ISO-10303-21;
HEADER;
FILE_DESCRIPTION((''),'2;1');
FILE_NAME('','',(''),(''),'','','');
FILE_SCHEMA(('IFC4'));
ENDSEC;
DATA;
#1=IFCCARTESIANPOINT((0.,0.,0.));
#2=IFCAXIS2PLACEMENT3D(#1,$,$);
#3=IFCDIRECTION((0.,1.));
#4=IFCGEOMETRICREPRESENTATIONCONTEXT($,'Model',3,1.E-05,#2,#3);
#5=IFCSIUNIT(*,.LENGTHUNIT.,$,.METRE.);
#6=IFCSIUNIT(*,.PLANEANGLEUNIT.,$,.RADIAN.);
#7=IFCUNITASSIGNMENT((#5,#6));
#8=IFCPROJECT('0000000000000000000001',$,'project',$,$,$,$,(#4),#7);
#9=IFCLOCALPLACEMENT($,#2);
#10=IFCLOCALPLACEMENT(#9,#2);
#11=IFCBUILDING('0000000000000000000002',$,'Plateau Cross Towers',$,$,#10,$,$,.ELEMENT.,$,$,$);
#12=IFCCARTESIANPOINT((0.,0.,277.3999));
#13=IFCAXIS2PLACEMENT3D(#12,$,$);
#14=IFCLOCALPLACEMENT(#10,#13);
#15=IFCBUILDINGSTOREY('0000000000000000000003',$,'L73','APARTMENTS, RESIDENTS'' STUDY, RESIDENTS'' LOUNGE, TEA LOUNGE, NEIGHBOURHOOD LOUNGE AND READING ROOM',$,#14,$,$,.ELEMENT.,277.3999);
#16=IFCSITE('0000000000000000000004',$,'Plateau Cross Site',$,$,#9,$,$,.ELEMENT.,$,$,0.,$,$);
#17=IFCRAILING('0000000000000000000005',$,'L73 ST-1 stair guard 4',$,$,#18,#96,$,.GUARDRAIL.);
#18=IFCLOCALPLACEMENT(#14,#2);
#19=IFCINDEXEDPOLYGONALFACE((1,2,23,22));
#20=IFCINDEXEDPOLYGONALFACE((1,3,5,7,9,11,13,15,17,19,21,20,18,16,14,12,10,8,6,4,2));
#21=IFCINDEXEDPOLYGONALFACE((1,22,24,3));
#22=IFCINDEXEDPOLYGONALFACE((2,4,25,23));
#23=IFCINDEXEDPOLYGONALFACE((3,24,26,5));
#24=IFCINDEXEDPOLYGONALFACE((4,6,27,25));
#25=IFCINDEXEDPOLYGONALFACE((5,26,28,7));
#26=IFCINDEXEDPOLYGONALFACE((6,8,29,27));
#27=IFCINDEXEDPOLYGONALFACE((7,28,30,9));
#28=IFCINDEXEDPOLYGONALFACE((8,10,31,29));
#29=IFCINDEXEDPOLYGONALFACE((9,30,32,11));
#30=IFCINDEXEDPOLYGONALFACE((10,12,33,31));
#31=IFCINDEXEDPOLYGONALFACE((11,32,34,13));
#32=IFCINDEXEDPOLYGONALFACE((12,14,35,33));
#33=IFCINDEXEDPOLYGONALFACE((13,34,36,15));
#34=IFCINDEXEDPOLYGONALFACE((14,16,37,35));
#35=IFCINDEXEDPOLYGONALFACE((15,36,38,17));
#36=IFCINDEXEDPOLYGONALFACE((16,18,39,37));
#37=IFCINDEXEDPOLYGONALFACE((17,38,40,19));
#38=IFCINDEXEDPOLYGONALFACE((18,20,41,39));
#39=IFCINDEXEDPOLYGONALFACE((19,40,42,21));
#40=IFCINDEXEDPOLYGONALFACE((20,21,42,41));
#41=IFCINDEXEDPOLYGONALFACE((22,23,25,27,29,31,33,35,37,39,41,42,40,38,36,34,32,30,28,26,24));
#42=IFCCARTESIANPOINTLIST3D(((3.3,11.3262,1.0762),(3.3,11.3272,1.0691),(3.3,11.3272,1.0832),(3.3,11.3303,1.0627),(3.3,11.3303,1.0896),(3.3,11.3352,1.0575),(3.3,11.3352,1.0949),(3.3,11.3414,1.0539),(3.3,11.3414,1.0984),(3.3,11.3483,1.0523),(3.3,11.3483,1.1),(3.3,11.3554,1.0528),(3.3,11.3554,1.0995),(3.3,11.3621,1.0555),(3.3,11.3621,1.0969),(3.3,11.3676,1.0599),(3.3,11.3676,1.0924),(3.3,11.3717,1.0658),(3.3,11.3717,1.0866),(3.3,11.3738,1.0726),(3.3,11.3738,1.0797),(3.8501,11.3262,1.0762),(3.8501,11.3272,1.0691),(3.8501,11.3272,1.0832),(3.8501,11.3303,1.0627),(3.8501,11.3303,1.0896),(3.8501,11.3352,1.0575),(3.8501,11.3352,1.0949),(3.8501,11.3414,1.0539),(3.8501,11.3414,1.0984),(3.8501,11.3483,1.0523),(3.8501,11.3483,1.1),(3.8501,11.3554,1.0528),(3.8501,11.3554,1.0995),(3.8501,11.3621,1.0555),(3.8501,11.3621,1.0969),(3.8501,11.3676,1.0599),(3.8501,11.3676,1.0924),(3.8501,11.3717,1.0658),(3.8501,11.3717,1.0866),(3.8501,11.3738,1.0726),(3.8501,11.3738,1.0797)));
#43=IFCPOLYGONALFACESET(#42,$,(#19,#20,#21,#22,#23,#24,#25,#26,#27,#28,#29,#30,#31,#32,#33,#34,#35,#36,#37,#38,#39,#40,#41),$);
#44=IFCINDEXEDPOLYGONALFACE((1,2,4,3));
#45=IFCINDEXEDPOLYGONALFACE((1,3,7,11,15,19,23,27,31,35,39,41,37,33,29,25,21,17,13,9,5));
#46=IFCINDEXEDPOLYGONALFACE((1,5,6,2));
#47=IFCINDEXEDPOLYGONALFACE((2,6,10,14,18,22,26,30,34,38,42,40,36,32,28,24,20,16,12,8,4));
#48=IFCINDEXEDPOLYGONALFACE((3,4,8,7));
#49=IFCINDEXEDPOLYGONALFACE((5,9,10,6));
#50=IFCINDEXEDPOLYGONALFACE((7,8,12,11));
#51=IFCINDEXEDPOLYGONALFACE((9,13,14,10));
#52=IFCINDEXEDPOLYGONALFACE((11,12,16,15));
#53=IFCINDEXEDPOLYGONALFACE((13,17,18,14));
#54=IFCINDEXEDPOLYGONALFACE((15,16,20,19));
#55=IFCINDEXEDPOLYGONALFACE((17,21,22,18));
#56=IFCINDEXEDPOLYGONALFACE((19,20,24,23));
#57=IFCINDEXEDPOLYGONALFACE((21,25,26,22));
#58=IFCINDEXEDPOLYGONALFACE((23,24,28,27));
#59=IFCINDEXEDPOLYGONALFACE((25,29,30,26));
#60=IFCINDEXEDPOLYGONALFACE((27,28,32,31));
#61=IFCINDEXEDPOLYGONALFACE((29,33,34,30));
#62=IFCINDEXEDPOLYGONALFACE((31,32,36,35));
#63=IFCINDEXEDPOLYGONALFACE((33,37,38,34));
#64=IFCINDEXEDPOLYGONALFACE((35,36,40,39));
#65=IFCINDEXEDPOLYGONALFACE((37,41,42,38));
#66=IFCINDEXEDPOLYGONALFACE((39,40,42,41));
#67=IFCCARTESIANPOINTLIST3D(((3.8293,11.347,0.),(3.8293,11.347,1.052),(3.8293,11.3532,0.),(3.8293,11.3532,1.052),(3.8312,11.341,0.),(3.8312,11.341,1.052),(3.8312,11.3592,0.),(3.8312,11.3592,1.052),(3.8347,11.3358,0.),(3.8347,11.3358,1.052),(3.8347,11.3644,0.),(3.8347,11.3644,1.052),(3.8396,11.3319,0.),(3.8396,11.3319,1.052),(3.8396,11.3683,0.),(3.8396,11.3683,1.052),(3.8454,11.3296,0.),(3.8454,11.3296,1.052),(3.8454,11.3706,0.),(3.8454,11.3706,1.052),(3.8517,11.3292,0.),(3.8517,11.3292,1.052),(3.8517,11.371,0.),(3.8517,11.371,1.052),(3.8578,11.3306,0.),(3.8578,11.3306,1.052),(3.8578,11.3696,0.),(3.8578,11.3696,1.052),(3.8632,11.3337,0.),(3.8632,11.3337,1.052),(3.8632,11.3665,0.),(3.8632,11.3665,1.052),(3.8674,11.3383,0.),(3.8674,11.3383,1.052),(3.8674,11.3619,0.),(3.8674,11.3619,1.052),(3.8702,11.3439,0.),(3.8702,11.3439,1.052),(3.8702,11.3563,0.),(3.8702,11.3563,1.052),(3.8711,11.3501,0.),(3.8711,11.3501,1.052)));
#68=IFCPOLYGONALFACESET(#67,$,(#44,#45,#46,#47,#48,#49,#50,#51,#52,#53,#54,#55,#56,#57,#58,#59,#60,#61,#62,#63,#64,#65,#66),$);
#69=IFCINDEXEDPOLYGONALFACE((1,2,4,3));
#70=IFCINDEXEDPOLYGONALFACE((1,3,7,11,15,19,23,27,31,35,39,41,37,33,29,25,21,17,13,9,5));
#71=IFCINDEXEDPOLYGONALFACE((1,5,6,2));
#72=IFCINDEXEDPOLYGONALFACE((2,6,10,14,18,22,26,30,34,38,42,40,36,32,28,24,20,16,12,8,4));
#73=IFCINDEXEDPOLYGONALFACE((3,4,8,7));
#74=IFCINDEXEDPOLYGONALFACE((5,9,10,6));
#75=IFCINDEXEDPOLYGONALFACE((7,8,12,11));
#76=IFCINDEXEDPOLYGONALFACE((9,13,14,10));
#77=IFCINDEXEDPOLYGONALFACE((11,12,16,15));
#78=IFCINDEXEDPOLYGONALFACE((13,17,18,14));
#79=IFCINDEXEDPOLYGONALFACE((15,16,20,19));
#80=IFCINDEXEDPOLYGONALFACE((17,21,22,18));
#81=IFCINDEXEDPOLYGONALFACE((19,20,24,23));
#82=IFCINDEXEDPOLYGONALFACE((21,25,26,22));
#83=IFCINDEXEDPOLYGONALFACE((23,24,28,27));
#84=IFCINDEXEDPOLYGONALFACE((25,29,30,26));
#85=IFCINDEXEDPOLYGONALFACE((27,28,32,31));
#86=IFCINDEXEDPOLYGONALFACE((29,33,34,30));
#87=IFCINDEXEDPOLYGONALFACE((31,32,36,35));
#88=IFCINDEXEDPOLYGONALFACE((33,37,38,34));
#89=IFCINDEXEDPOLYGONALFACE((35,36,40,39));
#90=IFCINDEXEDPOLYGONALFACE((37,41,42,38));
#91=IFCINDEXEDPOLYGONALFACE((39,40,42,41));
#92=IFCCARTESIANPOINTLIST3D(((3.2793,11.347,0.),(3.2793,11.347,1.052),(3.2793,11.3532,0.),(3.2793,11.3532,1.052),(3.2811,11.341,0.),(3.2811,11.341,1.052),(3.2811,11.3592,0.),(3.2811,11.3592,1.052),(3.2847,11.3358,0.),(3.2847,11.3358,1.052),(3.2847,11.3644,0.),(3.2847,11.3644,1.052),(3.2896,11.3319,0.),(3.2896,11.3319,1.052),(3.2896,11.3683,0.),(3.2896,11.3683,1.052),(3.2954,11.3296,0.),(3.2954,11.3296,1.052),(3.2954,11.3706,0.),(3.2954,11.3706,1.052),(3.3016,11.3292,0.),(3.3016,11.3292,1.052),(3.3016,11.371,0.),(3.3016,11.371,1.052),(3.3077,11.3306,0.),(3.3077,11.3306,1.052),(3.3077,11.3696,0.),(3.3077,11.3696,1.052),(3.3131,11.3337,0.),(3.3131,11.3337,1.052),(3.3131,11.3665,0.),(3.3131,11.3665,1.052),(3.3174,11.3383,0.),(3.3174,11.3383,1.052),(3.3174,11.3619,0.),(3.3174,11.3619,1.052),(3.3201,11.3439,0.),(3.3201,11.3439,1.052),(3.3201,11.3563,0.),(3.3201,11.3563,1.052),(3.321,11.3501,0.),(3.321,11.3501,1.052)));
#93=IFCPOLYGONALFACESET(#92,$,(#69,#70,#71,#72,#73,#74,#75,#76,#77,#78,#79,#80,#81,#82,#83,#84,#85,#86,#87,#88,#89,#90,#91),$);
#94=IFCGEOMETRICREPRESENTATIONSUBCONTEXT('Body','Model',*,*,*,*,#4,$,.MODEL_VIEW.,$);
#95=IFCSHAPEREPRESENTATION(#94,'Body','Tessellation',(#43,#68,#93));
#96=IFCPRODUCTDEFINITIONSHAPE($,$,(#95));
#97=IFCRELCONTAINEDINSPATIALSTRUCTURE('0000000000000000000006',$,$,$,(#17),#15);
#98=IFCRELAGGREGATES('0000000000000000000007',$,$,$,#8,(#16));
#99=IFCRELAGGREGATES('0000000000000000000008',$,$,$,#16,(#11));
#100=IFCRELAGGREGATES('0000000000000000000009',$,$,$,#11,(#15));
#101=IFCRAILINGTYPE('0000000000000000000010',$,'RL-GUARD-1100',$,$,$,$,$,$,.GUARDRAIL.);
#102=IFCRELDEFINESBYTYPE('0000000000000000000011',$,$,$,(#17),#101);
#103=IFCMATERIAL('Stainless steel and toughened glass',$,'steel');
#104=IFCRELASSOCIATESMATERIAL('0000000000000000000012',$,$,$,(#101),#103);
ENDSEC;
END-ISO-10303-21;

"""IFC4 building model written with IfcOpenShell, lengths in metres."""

from ifc_helpers import new_model, si_unit, direction, frame, origin, origin_2d, place, context, subcontext, project, spatial, circle, extrude, material, type_object, element, save


model = new_model("IFC4")

# Units and contexts
model_context = context("Model", 3, precision=1e-05, world=origin(), true_north=direction((0.0, 1.0)))
body_context = subcontext(model_context, "Body", "Model", "MODEL_VIEW")
ifc_project = project(units=[si_unit("LENGTHUNIT", "METRE"), si_unit("PLANEANGLEUNIT", "RADIAN")], contexts=[model_context])

# Site, building, storey
site_placement = place(None, origin())
site = spatial("IfcSite", under=ifc_project, at=site_placement, Name="Plateau Cross Site", CompositionType="ELEMENT", RefElevation=0.0)
building_placement = place(site_placement, origin())
building = spatial("IfcBuilding", under=site, at=building_placement, Name="Plateau Cross Towers", CompositionType="ELEMENT")
storey_placement = place(building_placement, frame((0.0, 0.0, 277.3999)))
storey = spatial("IfcBuildingStorey", under=building, at=storey_placement, Name="L73", Description="APARTMENTS, RESIDENTS' STUDY, RESIDENTS' LOUNGE, TEA LOUNGE, NEIGHBOURHOOD LOUNGE AND READING ROOM", CompositionType="ELEMENT", Elevation=277.3999)

# Railing
ifc_material_1 = material(Name="Stainless steel and toughened glass", Category="steel")
railing_type_1 = type_object("IfcRailingType", Name="RL-GUARD-1100", PredefinedType="GUARDRAIL", material=ifc_material_1)
railing_1_placement = place(storey_placement, frame((3.8501, 11.3501, 0.0)))
element("IfcRailing", 1, at=railing_1_placement, inside=storey, type_object=railing_type_1, Name="L73 ST-1 stair guard 4", PredefinedType="GUARDRAIL", context=body_context, shape_type="SweptSolid", body=[
    extrude(circle(Radius=0.0239, at=origin_2d()), frame((0.0, 0.0, 1.0762), z_axis=(-1.0, 0.0, 0.0), x_axis=(0.0, -1.0, 0.0)), (0.0, 0.0, 1.0), 0.55),
    extrude(circle(Radius=0.021, at=origin_2d()), origin(), (0.0, 0.0, 1.0), 1.052),
    extrude(circle(Radius=0.021, at=origin_2d()), frame((-0.55, 0.0, 0.0)), (0.0, 0.0, 1.0), 1.052),
])

save(model, "model.ifc")
